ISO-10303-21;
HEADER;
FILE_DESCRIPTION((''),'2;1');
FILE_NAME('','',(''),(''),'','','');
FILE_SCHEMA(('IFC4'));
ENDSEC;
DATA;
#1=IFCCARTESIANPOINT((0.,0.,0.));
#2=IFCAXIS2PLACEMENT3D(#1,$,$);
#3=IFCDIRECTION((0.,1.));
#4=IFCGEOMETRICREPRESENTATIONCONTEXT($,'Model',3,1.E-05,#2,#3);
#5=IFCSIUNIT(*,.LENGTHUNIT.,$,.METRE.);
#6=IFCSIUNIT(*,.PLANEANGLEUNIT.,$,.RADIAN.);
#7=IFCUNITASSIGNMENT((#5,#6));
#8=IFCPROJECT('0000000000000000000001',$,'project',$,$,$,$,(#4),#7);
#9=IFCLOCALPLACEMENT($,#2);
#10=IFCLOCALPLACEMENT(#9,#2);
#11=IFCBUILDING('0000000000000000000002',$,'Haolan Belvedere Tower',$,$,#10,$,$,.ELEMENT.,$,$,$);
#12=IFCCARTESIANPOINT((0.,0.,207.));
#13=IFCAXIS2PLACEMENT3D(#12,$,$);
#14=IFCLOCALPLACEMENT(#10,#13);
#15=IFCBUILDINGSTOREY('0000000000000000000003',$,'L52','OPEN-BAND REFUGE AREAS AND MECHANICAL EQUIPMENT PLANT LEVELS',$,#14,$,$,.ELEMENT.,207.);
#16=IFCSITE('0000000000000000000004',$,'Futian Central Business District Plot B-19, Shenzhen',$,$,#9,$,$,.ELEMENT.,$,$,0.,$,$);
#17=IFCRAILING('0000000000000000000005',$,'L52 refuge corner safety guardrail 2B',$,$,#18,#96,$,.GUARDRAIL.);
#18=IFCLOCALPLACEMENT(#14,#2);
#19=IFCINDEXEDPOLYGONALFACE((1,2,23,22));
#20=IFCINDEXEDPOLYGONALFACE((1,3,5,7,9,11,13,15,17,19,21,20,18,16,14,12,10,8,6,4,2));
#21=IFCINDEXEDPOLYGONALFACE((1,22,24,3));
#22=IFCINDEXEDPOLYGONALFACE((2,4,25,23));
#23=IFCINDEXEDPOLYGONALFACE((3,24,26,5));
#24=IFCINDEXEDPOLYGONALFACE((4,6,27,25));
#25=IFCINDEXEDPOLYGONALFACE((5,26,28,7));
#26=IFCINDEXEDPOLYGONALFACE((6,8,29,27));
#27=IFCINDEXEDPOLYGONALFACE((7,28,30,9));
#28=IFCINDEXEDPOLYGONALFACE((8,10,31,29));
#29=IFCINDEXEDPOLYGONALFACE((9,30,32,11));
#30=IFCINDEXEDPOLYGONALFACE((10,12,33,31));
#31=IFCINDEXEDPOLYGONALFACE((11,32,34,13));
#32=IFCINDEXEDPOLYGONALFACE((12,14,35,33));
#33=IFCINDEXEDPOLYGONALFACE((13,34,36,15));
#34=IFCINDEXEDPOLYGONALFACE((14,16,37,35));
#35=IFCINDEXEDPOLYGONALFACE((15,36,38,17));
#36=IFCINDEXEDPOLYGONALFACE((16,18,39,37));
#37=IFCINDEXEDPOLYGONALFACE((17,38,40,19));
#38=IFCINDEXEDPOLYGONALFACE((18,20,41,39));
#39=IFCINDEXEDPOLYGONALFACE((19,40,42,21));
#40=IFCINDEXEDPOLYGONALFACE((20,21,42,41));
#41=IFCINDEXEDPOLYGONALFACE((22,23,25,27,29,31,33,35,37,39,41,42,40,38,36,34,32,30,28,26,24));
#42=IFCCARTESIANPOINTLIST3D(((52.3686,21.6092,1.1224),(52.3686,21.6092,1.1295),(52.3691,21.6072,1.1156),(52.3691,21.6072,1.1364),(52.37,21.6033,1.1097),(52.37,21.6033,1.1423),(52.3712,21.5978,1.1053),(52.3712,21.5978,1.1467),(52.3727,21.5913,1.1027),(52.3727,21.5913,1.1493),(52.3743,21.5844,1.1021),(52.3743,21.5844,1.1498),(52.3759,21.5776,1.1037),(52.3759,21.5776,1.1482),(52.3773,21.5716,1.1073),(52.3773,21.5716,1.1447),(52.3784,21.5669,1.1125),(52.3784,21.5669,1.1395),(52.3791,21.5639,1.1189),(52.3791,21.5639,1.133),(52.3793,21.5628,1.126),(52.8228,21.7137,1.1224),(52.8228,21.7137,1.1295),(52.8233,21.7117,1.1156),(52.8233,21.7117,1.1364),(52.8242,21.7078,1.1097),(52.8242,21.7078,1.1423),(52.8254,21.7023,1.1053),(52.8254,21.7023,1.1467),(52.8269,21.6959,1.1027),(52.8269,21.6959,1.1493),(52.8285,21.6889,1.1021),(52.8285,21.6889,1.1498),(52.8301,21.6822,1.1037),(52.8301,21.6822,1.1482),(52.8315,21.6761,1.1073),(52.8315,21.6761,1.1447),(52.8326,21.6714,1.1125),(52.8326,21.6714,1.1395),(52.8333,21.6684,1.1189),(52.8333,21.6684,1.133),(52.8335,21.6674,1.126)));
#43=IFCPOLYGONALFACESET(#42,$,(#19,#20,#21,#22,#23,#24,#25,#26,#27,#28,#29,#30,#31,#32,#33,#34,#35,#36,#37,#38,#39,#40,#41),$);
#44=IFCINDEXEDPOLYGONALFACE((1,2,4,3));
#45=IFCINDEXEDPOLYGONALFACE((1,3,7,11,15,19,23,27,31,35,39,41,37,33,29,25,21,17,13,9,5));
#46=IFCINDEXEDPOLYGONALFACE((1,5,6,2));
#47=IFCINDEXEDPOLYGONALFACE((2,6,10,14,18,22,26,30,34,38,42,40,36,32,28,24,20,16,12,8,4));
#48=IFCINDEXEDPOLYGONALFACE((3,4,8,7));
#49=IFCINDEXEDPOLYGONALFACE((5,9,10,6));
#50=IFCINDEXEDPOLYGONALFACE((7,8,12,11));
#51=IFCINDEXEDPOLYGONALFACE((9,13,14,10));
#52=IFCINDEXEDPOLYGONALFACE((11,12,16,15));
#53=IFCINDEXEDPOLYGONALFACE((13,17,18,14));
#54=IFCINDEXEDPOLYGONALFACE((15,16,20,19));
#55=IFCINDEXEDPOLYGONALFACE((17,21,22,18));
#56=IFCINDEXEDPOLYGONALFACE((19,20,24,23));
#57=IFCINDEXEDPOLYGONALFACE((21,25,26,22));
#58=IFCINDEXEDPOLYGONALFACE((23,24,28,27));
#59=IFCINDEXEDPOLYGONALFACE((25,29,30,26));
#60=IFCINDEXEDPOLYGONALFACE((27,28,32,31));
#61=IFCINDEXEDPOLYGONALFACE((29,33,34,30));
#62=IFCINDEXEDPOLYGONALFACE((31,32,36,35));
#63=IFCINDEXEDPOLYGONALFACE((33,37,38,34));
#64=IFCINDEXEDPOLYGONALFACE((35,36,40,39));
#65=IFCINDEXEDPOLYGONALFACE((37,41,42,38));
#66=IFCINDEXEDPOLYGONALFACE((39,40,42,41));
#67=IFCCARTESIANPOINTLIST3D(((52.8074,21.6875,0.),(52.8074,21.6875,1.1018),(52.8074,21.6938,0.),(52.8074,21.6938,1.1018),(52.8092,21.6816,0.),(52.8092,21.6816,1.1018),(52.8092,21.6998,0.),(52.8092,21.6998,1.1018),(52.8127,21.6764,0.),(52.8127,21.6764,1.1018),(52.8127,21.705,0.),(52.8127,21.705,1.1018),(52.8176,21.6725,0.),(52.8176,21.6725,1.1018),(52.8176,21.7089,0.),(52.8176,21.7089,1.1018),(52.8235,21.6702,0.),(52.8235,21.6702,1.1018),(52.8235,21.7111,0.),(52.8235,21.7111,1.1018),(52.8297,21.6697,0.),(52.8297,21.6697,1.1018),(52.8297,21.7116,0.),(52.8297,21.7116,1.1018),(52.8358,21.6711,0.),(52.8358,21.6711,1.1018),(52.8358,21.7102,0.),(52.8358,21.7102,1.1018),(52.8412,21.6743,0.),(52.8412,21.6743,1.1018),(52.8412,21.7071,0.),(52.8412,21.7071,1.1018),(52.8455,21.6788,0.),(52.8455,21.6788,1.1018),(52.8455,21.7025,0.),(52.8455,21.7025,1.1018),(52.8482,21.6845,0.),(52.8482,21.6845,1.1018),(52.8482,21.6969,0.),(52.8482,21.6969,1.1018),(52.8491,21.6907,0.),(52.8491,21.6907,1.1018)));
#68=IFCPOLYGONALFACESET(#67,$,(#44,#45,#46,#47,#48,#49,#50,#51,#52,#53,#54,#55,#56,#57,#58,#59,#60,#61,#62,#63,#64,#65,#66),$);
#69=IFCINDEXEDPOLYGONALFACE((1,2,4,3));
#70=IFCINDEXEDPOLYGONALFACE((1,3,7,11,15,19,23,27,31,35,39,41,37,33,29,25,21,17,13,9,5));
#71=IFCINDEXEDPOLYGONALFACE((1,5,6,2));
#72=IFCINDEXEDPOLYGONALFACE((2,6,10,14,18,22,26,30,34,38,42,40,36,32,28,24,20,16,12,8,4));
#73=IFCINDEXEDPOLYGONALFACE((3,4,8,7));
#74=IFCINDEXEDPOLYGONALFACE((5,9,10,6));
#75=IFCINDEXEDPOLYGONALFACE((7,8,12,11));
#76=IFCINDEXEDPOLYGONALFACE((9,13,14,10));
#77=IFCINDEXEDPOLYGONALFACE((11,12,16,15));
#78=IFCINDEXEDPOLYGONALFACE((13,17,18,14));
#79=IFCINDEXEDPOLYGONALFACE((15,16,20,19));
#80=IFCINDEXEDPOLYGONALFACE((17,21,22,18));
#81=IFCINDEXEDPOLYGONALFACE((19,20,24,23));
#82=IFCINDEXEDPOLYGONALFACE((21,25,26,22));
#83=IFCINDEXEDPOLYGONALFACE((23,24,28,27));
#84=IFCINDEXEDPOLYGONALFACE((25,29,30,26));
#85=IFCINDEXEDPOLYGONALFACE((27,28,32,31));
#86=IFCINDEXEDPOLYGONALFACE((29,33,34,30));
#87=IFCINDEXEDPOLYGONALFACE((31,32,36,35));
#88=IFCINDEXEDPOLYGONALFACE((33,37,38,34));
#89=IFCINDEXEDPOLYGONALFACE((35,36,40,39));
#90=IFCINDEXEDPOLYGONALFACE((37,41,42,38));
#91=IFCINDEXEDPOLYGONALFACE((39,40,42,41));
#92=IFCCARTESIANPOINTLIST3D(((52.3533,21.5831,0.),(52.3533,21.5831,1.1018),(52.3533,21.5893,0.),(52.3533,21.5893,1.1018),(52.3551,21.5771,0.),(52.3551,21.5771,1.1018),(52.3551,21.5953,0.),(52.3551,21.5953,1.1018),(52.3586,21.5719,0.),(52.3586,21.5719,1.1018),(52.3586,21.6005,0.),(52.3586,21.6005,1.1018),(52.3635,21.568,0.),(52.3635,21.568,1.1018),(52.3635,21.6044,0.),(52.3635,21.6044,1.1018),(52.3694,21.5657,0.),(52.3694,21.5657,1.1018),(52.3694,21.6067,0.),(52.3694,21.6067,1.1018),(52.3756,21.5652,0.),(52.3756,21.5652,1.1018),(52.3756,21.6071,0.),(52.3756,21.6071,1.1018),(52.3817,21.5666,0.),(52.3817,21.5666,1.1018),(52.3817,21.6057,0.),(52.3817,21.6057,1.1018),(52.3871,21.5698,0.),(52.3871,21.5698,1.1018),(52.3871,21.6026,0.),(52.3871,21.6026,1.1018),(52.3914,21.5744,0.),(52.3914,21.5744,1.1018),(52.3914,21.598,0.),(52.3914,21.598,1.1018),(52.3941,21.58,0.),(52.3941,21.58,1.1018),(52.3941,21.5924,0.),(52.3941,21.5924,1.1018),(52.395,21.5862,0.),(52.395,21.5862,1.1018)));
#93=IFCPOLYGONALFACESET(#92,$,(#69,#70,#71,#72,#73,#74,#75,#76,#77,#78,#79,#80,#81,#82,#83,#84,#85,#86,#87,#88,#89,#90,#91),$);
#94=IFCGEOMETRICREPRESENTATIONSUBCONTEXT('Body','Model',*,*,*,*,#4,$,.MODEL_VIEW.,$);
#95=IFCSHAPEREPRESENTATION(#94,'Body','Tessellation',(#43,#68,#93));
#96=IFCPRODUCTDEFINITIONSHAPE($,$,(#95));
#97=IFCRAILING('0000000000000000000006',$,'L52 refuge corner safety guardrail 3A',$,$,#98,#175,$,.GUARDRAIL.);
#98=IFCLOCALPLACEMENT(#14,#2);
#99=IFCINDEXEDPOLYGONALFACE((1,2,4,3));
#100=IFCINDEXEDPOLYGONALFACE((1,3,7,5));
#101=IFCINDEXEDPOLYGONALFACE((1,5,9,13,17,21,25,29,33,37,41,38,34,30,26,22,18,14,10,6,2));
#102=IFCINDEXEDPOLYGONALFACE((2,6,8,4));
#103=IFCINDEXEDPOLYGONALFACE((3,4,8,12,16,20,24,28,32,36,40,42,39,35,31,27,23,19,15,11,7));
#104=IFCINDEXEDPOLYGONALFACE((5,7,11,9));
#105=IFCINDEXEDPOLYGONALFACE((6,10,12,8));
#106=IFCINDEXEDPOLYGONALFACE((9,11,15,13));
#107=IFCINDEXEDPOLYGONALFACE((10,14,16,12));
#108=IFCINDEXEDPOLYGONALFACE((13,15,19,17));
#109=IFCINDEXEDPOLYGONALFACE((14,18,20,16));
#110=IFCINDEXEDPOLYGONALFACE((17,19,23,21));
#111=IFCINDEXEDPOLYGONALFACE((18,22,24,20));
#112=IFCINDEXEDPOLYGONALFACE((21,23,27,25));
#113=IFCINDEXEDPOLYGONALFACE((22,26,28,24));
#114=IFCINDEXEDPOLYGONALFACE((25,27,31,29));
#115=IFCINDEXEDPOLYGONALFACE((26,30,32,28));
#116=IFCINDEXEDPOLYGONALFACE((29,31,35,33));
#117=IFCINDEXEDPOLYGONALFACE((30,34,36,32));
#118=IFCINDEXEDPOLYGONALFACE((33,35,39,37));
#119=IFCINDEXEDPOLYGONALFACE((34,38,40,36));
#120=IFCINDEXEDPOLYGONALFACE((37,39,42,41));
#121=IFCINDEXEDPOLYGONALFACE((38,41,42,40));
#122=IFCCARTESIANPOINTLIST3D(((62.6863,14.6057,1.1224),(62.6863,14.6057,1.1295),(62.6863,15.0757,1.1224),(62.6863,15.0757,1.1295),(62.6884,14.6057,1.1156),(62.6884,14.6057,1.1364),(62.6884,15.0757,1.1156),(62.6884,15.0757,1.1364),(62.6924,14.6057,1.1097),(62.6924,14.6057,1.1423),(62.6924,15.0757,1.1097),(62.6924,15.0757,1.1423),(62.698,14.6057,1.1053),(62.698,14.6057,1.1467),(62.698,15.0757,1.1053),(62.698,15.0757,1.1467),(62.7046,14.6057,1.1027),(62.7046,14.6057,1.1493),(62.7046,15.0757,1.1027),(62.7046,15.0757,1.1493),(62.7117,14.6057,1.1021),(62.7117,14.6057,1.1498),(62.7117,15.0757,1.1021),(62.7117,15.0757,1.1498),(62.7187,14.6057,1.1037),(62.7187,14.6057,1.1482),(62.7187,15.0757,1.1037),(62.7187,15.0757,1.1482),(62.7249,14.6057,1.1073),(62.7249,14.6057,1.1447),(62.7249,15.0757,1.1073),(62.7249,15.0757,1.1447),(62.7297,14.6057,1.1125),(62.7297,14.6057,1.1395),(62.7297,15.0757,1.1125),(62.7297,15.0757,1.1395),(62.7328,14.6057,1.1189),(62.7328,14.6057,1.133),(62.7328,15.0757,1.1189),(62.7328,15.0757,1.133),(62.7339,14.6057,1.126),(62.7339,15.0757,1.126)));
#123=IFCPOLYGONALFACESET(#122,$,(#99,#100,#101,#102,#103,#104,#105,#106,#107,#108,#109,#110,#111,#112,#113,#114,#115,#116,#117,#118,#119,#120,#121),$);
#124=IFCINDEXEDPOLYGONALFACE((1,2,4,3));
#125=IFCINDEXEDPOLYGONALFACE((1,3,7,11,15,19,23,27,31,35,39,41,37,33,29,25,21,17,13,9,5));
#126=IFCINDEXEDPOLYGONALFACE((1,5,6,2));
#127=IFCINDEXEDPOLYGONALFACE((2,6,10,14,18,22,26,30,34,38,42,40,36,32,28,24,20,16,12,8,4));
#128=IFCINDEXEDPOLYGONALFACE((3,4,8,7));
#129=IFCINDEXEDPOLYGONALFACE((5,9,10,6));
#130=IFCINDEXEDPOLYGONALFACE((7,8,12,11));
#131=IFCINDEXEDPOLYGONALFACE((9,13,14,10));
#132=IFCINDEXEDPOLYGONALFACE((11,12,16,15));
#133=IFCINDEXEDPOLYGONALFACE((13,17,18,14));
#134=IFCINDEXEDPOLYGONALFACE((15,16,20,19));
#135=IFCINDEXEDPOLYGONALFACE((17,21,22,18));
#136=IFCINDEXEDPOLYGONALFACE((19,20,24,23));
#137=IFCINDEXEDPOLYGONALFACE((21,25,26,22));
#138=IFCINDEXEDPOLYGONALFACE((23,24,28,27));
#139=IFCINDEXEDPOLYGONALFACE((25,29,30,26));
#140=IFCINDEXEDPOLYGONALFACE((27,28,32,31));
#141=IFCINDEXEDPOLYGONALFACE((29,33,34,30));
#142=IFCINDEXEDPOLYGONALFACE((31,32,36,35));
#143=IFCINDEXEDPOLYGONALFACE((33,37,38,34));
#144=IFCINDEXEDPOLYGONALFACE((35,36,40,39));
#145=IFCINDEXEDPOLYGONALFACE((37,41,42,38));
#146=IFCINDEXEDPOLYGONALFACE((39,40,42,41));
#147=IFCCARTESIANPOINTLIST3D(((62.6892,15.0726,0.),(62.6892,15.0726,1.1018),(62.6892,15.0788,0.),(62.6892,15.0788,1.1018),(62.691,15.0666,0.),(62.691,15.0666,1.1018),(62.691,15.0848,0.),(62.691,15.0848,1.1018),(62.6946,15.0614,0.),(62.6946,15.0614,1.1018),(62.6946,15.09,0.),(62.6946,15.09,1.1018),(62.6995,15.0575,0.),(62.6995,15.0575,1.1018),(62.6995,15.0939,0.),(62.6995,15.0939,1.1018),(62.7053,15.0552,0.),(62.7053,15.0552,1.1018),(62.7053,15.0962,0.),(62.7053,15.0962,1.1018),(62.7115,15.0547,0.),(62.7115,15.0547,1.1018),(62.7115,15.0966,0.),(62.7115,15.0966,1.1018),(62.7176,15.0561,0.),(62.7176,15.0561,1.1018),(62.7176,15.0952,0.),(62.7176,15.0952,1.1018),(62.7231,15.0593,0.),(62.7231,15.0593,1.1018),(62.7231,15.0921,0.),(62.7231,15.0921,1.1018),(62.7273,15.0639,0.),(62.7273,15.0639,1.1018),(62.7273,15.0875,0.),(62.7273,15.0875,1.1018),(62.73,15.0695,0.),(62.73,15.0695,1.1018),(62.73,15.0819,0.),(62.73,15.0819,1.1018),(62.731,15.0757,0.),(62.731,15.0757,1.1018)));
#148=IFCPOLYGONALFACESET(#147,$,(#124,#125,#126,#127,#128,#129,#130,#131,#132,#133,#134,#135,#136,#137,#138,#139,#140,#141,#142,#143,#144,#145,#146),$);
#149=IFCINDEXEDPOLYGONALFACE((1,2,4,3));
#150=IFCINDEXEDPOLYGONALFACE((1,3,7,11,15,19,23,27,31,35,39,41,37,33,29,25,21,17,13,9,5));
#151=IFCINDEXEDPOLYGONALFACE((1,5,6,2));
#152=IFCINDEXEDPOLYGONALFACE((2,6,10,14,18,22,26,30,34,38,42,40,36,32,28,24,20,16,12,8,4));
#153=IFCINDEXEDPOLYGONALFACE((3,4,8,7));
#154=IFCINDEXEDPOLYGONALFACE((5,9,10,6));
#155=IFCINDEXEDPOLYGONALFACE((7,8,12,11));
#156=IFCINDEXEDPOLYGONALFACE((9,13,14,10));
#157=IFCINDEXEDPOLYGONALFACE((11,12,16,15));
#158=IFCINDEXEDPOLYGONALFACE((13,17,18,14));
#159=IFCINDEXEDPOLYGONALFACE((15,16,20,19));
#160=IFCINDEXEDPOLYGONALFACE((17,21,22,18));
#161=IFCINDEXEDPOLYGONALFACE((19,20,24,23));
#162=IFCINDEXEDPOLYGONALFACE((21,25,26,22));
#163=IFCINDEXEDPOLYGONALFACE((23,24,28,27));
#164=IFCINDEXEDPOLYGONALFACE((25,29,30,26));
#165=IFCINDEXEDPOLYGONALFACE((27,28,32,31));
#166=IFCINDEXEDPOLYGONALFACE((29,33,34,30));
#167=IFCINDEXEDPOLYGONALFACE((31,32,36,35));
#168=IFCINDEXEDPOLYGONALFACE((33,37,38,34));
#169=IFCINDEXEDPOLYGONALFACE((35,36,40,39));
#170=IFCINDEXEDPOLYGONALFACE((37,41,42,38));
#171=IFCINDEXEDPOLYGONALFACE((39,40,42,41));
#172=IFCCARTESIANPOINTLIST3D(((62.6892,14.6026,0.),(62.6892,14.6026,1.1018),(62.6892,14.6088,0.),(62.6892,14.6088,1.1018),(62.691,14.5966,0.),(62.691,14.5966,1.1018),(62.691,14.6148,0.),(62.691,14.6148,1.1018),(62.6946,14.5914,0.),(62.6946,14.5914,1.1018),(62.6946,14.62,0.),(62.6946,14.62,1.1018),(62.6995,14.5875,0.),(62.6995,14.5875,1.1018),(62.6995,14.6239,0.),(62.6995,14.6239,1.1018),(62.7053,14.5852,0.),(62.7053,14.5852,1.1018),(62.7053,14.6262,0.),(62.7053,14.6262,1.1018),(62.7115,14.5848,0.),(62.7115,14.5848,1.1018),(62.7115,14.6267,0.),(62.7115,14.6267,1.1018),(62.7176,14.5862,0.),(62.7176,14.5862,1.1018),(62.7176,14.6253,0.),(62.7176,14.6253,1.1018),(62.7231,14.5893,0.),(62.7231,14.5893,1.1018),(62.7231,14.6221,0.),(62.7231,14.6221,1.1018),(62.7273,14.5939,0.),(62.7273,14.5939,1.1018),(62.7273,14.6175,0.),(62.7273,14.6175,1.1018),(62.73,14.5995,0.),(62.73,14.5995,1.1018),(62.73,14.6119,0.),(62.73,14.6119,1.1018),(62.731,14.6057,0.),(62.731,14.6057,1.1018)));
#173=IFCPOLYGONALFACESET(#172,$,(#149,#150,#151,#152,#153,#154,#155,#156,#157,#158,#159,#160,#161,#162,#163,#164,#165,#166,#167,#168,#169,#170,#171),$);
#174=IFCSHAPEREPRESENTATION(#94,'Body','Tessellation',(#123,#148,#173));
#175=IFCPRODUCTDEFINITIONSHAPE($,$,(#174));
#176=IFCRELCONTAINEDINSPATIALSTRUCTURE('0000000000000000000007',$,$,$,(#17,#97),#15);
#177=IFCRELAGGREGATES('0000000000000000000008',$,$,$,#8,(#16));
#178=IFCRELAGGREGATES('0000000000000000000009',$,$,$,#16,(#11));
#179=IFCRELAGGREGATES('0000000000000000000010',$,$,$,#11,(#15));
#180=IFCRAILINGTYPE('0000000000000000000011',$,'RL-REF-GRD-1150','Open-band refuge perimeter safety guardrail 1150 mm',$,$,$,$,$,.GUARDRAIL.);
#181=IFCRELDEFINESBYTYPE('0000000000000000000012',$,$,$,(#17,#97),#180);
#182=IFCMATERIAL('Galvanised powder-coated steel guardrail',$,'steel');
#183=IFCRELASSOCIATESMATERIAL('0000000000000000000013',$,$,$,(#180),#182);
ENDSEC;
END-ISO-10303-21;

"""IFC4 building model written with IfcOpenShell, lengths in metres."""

from ifc_helpers import new_model, si_unit, direction, frame, origin, origin_2d, place, context, subcontext, project, spatial, circle, extrude, material, type_object, element, save


model = new_model("IFC4")

# Units and contexts
model_context = context("Model", 3, precision=1e-05, world=origin(), true_north=direction((0.0, 1.0)))
body_context = subcontext(model_context, "Body", "Model", "MODEL_VIEW")
ifc_project = project(units=[si_unit("LENGTHUNIT", "METRE"), si_unit("PLANEANGLEUNIT", "RADIAN")], contexts=[model_context])

# Site, building, storey
site_placement = place(None, origin())
site = spatial("IfcSite", under=ifc_project, at=site_placement, Name="Futian Central Business District Plot B-19, Shenzhen", CompositionType="ELEMENT", RefElevation=0.0)
building_placement = place(site_placement, origin())
building = spatial("IfcBuilding", under=site, at=building_placement, Name="Haolan Belvedere Tower", CompositionType="ELEMENT")
storey_placement = place(building_placement, frame((0.0, 0.0, 207.0)))
storey = spatial("IfcBuildingStorey", under=building, at=storey_placement, Name="L52", Description="OPEN-BAND REFUGE AREAS AND MECHANICAL EQUIPMENT PLANT LEVELS", CompositionType="ELEMENT", Elevation=207.0)

# Railings
ifc_material_1 = material(Name="Galvanised powder-coated steel guardrail", Category="steel")
railing_type = type_object("IfcRailingType", Name="RL-REF-GRD-1150", Description="Open-band refuge perimeter safety guardrail 1150 mm", PredefinedType="GUARDRAIL", material=ifc_material_1)
railing_1_placement = place(storey_placement, frame((52.8281, 21.6907, 0.0)))
element("IfcRailing", 1, at=railing_1_placement, inside=storey, type_object=railing_type, Name="L52 refuge corner safety guardrail 2B", PredefinedType="GUARDRAIL", context=body_context, shape_type="SweptSolid", body=[
    extrude(circle(Radius=0.0239, at=origin_2d()), frame((0.0, 0.0, 1.126), z_axis=(-0.974532, -0.224247, 0.0), x_axis=(0.224247, -0.974532, 0.0)), (0.0, 0.0, 1.0), 0.4661),
    extrude(circle(Radius=0.021, at=origin_2d()), origin(), (0.0, 0.0, 1.0), 1.1018),
    extrude(circle(Radius=0.021, at=origin_2d()), frame((-0.4541, -0.1045, 0.0)), (0.0, 0.0, 1.0), 1.1018),
])
railing_2_placement = place(storey_placement, frame((62.71, 15.0757, 0.0)))
element("IfcRailing", 2, at=railing_2_placement, inside=storey, type_object=railing_type, Name="L52 refuge corner safety guardrail 3A", PredefinedType="GUARDRAIL", context=body_context, shape_type="SweptSolid", body=[
    extrude(circle(Radius=0.0239, at=origin_2d()), frame((0.0, 0.0, 1.126), z_axis=(0.0, -1.0, 0.0), x_axis=(1.0, 0.0, 0.0)), (0.0, 0.0, 1.0), 0.47),
    extrude(circle(Radius=0.021, at=origin_2d()), origin(), (0.0, 0.0, 1.0), 1.1018),
    extrude(circle(Radius=0.021, at=origin_2d()), frame((0.0, -0.47, 0.0)), (0.0, 0.0, 1.0), 1.1018),
])

save(model, "model.ifc")
